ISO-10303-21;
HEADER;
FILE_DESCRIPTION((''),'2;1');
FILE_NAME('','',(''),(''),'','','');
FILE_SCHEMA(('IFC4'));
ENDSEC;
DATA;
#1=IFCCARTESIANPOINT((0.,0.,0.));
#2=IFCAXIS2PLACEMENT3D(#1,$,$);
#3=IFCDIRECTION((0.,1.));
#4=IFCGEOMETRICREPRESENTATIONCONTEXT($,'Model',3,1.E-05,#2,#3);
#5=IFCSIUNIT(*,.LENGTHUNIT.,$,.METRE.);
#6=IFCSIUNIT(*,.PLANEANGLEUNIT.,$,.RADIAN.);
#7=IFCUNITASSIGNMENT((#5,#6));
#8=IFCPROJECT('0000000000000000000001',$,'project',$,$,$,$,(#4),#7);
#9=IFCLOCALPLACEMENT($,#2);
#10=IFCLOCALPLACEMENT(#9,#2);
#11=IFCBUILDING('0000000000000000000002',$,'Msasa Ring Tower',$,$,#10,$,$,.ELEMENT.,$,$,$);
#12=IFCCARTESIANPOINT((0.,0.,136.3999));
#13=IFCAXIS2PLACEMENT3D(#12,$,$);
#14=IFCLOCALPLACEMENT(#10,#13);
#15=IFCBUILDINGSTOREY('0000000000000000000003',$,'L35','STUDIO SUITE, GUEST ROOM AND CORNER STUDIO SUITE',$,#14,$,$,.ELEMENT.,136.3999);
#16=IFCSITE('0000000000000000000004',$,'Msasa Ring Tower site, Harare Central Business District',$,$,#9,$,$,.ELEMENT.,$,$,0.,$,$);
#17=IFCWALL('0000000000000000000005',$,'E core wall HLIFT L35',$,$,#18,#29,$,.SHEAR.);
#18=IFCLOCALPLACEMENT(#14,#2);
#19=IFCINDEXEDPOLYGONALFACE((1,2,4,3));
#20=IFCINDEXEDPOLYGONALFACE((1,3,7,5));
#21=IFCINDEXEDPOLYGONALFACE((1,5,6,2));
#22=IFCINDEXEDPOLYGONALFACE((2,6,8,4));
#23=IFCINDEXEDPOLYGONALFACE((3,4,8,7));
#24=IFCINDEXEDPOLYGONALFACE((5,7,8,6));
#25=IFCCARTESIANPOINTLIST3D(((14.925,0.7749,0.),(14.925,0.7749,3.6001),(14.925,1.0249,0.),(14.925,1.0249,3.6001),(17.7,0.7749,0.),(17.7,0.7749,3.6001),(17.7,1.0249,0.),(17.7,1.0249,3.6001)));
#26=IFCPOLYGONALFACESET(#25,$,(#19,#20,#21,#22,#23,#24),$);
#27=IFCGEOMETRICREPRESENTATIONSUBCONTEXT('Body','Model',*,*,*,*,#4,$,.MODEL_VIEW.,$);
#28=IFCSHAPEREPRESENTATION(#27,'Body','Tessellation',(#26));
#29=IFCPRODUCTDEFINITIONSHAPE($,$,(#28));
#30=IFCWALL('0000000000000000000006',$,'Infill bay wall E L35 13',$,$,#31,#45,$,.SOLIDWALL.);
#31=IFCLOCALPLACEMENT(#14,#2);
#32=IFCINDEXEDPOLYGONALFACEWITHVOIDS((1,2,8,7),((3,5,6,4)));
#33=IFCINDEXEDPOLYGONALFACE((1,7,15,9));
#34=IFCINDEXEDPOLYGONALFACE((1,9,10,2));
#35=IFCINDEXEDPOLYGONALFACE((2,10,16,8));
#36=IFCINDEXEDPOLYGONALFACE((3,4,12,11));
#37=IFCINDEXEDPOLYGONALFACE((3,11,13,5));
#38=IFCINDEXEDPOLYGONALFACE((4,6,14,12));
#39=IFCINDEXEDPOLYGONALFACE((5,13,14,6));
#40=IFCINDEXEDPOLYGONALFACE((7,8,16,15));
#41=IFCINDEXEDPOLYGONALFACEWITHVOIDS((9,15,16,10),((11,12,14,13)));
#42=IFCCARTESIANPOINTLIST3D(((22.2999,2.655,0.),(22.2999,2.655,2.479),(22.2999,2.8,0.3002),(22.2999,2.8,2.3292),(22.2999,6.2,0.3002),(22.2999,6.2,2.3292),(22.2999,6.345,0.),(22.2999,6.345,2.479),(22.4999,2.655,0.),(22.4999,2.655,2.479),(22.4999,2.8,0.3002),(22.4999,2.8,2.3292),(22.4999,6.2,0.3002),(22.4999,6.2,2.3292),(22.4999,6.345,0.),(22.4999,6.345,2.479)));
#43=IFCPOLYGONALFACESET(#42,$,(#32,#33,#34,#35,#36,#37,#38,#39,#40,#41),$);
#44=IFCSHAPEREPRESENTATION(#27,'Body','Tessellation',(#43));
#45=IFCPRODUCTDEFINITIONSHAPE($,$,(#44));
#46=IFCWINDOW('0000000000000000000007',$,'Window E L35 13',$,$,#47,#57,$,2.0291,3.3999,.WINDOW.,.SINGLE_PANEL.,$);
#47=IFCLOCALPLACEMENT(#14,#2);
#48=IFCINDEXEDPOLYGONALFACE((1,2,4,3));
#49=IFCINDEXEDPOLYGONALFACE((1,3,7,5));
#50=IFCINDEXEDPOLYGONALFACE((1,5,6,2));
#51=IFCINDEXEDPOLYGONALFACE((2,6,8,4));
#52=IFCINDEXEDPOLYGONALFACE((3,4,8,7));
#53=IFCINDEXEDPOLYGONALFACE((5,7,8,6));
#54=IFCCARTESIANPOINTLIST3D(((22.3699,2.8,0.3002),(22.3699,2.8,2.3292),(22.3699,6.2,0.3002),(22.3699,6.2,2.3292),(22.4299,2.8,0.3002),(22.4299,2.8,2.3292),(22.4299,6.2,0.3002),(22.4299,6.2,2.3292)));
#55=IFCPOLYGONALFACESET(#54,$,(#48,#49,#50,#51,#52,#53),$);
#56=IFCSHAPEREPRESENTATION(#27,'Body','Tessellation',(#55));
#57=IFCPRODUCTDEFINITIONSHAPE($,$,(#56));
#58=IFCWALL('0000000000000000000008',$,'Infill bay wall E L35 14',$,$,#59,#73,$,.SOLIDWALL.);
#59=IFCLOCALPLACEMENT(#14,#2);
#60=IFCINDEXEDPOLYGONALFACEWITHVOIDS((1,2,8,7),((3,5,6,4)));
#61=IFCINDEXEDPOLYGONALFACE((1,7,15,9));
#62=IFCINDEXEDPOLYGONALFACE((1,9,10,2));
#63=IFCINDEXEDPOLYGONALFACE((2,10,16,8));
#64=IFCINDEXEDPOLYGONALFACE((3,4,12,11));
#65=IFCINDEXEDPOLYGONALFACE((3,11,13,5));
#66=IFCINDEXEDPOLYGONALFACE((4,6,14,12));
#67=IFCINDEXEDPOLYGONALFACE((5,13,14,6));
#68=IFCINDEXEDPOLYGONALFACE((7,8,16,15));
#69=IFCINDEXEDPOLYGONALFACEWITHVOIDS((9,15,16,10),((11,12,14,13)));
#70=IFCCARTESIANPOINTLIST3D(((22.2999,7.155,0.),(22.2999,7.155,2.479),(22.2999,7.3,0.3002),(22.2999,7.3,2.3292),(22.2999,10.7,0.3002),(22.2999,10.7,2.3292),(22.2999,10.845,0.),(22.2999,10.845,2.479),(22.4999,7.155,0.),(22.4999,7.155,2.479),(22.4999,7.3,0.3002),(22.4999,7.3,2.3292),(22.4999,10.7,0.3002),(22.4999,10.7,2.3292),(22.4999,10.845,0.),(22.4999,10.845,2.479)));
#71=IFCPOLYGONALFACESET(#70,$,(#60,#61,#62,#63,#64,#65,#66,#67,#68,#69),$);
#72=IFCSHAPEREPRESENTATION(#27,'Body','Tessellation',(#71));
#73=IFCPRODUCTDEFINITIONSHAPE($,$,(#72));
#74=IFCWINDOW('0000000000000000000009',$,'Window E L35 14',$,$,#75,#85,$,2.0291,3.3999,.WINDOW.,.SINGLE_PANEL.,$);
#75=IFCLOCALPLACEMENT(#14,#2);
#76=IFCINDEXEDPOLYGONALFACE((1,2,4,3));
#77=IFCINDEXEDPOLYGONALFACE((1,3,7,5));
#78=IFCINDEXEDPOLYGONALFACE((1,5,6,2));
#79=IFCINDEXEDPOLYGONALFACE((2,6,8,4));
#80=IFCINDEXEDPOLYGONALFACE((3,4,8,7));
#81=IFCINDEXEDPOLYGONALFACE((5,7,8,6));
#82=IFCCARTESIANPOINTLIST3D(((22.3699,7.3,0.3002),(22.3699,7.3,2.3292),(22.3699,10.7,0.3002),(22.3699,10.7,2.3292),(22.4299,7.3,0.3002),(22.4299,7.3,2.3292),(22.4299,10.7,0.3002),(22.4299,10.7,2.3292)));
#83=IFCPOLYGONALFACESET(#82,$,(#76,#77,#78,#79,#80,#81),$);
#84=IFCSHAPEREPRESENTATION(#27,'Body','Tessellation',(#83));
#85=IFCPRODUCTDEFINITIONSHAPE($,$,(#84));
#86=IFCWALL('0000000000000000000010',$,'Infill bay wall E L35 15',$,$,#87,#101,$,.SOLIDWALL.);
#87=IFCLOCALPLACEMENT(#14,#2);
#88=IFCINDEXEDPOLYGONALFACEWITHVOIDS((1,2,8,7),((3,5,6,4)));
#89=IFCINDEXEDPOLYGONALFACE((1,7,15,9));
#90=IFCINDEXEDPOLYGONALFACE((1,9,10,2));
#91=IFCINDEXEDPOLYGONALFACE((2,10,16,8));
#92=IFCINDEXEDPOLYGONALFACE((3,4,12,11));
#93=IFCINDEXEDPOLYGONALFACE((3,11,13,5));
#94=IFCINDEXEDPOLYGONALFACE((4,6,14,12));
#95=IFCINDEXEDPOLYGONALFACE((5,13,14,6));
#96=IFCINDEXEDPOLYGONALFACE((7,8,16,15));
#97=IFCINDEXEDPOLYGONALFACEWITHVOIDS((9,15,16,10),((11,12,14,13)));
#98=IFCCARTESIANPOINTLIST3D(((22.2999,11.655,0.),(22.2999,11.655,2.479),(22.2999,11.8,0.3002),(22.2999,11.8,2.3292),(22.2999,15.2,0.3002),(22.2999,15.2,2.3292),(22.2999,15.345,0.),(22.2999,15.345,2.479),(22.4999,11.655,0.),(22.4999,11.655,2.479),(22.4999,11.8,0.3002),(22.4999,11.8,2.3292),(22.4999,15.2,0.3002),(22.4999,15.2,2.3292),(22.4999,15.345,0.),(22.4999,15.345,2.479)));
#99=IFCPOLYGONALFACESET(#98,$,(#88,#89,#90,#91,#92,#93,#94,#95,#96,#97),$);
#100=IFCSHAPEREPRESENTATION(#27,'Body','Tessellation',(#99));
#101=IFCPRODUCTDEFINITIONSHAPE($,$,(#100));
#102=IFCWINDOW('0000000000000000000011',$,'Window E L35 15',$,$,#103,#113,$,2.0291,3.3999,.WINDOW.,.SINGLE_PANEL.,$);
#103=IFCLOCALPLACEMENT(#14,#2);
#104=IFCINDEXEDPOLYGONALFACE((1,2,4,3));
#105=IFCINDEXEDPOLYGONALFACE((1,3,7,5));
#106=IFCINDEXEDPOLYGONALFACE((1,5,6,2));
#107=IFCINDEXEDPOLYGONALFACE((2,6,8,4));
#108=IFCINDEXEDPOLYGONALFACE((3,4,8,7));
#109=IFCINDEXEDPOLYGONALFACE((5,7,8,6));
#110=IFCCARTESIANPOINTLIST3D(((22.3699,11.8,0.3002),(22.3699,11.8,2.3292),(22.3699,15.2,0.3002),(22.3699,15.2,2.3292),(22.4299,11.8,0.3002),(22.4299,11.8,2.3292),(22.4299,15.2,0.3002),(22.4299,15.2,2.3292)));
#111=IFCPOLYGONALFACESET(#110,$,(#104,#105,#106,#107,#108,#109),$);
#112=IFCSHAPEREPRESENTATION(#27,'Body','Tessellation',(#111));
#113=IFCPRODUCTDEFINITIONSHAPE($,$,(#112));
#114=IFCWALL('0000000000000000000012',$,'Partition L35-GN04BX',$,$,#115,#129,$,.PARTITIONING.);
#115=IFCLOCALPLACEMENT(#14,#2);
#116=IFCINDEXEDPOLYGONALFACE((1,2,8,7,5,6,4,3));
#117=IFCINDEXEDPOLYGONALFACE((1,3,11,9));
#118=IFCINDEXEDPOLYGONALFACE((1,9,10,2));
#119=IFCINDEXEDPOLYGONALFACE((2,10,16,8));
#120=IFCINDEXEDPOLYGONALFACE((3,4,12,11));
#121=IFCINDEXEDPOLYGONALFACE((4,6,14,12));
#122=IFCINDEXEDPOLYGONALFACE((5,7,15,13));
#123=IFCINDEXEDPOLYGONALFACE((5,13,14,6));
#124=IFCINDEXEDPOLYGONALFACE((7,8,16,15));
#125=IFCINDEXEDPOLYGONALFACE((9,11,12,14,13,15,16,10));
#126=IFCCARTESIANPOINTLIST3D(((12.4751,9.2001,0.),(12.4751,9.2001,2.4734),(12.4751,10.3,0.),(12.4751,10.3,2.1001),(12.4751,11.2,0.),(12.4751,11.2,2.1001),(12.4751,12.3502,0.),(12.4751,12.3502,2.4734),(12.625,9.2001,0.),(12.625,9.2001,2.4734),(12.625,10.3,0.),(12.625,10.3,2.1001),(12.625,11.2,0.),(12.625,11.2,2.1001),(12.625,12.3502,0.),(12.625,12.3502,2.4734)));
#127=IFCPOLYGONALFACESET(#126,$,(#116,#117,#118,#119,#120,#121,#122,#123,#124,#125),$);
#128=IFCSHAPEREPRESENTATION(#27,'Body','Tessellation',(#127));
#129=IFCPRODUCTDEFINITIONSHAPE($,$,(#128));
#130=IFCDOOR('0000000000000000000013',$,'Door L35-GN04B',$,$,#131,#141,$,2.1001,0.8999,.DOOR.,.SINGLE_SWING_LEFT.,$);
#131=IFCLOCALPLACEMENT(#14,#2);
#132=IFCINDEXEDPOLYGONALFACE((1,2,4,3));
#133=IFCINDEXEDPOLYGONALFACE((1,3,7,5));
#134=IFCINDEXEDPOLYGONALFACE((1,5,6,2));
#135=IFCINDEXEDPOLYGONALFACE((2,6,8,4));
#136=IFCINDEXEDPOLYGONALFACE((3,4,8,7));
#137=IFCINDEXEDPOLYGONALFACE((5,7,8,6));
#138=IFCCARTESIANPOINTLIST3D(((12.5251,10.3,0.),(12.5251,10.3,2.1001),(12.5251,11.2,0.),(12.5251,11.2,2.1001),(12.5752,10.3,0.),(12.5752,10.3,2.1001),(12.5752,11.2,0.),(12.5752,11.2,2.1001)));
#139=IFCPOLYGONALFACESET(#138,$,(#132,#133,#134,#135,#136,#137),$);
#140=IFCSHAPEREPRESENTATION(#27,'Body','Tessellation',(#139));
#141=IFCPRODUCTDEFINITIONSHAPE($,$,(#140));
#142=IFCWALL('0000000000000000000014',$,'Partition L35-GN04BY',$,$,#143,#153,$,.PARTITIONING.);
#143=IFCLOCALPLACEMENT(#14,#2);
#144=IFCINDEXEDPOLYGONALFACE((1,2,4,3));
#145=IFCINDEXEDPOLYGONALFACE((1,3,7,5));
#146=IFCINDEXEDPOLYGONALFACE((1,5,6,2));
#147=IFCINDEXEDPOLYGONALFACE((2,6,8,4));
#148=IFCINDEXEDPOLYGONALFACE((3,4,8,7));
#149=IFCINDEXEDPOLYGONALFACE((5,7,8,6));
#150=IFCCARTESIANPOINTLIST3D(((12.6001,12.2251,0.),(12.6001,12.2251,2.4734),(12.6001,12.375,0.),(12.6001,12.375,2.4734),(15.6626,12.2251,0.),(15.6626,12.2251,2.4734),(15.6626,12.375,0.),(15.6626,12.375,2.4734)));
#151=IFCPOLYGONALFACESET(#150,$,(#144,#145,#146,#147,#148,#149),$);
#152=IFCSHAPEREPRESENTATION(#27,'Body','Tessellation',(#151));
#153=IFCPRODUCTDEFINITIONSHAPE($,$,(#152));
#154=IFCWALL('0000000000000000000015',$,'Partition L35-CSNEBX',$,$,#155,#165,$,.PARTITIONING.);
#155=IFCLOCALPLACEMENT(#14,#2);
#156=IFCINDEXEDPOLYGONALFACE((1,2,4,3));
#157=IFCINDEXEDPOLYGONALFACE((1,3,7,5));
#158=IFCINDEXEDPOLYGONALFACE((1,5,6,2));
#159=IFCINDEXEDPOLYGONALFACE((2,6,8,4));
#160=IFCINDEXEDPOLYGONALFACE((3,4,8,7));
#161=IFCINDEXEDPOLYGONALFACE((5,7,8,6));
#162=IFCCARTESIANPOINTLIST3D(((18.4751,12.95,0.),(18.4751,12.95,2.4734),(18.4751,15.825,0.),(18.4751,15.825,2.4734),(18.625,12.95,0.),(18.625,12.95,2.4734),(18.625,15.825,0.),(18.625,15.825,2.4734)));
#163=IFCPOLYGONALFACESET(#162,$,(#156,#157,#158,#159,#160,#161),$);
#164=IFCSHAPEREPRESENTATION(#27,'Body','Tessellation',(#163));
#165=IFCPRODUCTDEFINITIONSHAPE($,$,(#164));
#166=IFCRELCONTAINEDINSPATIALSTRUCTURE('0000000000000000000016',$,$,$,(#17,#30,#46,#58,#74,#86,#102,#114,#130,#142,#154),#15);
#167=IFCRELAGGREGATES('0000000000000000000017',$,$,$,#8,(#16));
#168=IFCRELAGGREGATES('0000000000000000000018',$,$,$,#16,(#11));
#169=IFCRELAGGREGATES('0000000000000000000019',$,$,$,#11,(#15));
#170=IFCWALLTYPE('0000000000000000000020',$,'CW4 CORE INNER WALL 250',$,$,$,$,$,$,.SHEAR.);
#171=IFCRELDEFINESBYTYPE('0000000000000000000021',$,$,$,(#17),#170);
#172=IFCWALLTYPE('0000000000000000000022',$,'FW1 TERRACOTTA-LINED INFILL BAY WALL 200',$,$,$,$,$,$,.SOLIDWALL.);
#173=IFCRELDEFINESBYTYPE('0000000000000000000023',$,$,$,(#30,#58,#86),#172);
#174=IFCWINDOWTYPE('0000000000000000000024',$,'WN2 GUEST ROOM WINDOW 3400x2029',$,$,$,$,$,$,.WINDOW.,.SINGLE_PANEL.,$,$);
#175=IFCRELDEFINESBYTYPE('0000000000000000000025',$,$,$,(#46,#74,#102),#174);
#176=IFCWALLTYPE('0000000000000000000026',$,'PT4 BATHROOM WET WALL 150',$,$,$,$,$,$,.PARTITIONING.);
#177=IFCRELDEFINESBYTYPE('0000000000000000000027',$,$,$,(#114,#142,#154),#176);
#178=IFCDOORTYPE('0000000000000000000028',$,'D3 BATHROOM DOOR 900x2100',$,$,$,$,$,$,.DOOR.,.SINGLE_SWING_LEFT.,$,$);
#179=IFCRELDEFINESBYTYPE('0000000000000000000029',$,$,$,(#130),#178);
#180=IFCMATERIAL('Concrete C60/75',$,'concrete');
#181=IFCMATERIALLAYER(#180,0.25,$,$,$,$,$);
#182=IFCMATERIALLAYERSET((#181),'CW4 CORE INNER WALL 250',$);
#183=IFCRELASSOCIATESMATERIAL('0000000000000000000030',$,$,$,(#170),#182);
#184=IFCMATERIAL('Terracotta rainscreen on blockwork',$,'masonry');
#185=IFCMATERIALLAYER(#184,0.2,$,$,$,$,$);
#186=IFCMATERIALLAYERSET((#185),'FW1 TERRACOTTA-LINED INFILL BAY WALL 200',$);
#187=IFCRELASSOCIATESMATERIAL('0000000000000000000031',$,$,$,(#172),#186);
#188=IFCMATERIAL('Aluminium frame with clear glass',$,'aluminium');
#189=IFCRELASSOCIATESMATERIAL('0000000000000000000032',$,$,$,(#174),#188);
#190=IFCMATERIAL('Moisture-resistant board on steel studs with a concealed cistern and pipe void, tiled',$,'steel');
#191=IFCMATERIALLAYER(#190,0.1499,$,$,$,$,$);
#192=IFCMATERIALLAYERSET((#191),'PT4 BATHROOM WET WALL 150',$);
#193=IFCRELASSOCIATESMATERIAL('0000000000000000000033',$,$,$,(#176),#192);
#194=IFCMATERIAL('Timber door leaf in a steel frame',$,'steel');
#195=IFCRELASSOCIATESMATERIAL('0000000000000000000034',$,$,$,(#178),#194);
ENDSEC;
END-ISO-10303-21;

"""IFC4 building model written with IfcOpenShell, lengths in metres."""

from ifc_helpers import new_model, si_unit, direction, frame, frame_2d, origin, place, context, subcontext, project, spatial, rectangle, extrude, material, layer, layer_set, type_object, element, fill, save


model = new_model("IFC4")

# Units and contexts
model_context = context("Model", 3, precision=1e-05, world=origin(), true_north=direction((0.0, 1.0)))
body_context = subcontext(model_context, "Body", "Model", "MODEL_VIEW")
ifc_project = project(units=[si_unit("LENGTHUNIT", "METRE"), si_unit("PLANEANGLEUNIT", "RADIAN")], contexts=[model_context])

# Site, building, storey
site_placement = place(None, origin())
site = spatial("IfcSite", under=ifc_project, at=site_placement, Name="Msasa Ring Tower site, Harare Central Business District", CompositionType="ELEMENT", RefElevation=0.0)
building_placement = place(site_placement, origin())
building = spatial("IfcBuilding", under=site, at=building_placement, Name="Msasa Ring Tower", CompositionType="ELEMENT")
storey_placement = place(building_placement, frame((0.0, 0.0, 136.3999)))
storey = spatial("IfcBuildingStorey", under=building, at=storey_placement, Name="L35", Description="STUDIO SUITE, GUEST ROOM AND CORNER STUDIO SUITE", CompositionType="ELEMENT", Elevation=136.3999)

# Wall
ifc_material_1 = material(Name="Concrete C60/75", Category="concrete")
ifc_layer_1 = layer(ifc_material_1, 0.25)
ifc_layer_set_1 = layer_set([ifc_layer_1], Name="CW4 CORE INNER WALL 250")
wall_type_1 = type_object("IfcWallType", Name="CW4 CORE INNER WALL 250", PredefinedType="SHEAR", material=ifc_layer_set_1)
wall_1_placement = place(storey_placement, frame((14.925, 0.8999, 0.0), z_axis=(0.0, 0.0, 1.0), x_axis=(1.0, 0.0, 0.0)))
element("IfcWall", 1, at=wall_1_placement, inside=storey, type_object=wall_type_1, Name="E core wall HLIFT L35", PredefinedType="SHEAR", context=body_context, shape_type="SweptSolid", body=[
    extrude(rectangle(XDim=2.7749, YDim=0.25, at=frame_2d((1.3875, 0.0))), origin(), (0.0, 0.0, 1.0), 3.6001),
])

# Walls, openings, windows
ifc_material_2 = material(Name="Terracotta rainscreen on blockwork", Category="masonry")
ifc_layer_2 = layer(ifc_material_2, 0.2)
ifc_layer_set_2 = layer_set([ifc_layer_2], Name="FW1 TERRACOTTA-LINED INFILL BAY WALL 200")
wall_type_2 = type_object("IfcWallType", Name="FW1 TERRACOTTA-LINED INFILL BAY WALL 200", PredefinedType="SOLIDWALL", material=ifc_layer_set_2)
wall_2_placement = place(storey_placement, frame((22.3999, 2.655, 0.0), z_axis=(0.0, 0.0, 1.0), x_axis=(0.0, 1.0, 0.0)))
wall_2 = element("IfcWall", 2, at=wall_2_placement, inside=storey, type_object=wall_type_2, Name="Infill bay wall E L35 13", PredefinedType="SOLIDWALL", context=body_context, shape_type="SweptSolid", body=[
    extrude(rectangle(XDim=3.6899, YDim=0.2, at=frame_2d((1.845, 0.0))), origin(), (0.0, 0.0, 1.0), 2.479),
])
opening_1_placement = place(wall_2_placement, frame((0.145, 0.0, 0.3)))
opening_1 = element("IfcOpeningElement", 3, at=opening_1_placement, cuts=wall_2, PredefinedType="OPENING", context=body_context, shape_type="SweptSolid", body=[
    extrude(rectangle(XDim=3.3999, YDim=2.0291, at=frame_2d((1.7, 1.0146))), frame((0.0, 0.1099, 0.0), z_axis=(0.0, -1.0, 0.0), x_axis=(1.0, 0.0, 0.0)), (0.0, 0.0, 1.0), 0.22),
])
ifc_material_3 = material(Name="Aluminium frame with clear glass", Category="aluminium")
window_type = type_object("IfcWindowType", Name="WN2 GUEST ROOM WINDOW 3400x2029", PartitioningType="SINGLE_PANEL", PredefinedType="WINDOW", material=ifc_material_3)
window_1_placement = place(opening_1_placement, origin())
window_1 = element("IfcWindow", 4, at=window_1_placement, inside=storey, type_object=window_type, Name="Window E L35 13", OverallHeight=2.0291, OverallWidth=3.3999, PartitioningType="SINGLE_PANEL", PredefinedType="WINDOW", context=body_context, shape_type="SweptSolid", body=[
    extrude(rectangle(XDim=3.3999, YDim=2.0291, at=frame_2d((1.7, 1.0146))), frame((0.0, 0.03, 0.0), z_axis=(0.0, -1.0, 0.0), x_axis=(1.0, 0.0, 0.0)), (0.0, 0.0, 1.0), 0.0601),
])
fill(opening_1, window_1)
wall_3_placement = place(storey_placement, frame((22.3999, 7.155, 0.0), z_axis=(0.0, 0.0, 1.0), x_axis=(0.0, 1.0, 0.0)))
wall_3 = element("IfcWall", 5, at=wall_3_placement, inside=storey, type_object=wall_type_2, Name="Infill bay wall E L35 14", PredefinedType="SOLIDWALL", context=body_context, shape_type="SweptSolid", body=[
    extrude(rectangle(XDim=3.6899, YDim=0.2, at=frame_2d((1.845, 0.0))), origin(), (0.0, 0.0, 1.0), 2.479),
])
opening_2_placement = place(wall_3_placement, frame((0.145, 0.0, 0.3)))
opening_2 = element("IfcOpeningElement", 6, at=opening_2_placement, cuts=wall_3, PredefinedType="OPENING", context=body_context, shape_type="SweptSolid", body=[
    extrude(rectangle(XDim=3.3999, YDim=2.0291, at=frame_2d((1.7, 1.0146))), frame((0.0, 0.1099, 0.0), z_axis=(0.0, -1.0, 0.0), x_axis=(1.0, 0.0, 0.0)), (0.0, 0.0, 1.0), 0.22),
])
window_2_placement = place(opening_2_placement, origin())
window_2 = element("IfcWindow", 7, at=window_2_placement, inside=storey, type_object=window_type, Name="Window E L35 14", OverallHeight=2.0291, OverallWidth=3.3999, PartitioningType="SINGLE_PANEL", PredefinedType="WINDOW", context=body_context, shape_type="SweptSolid", body=[
    extrude(rectangle(XDim=3.3999, YDim=2.0291, at=frame_2d((1.7, 1.0146))), frame((0.0, 0.03, 0.0), z_axis=(0.0, -1.0, 0.0), x_axis=(1.0, 0.0, 0.0)), (0.0, 0.0, 1.0), 0.0601),
])
fill(opening_2, window_2)
wall_4_placement = place(storey_placement, frame((22.3999, 11.655, 0.0), z_axis=(0.0, 0.0, 1.0), x_axis=(0.0, 1.0, 0.0)))
wall_4 = element("IfcWall", 8, at=wall_4_placement, inside=storey, type_object=wall_type_2, Name="Infill bay wall E L35 15", PredefinedType="SOLIDWALL", context=body_context, shape_type="SweptSolid", body=[
    extrude(rectangle(XDim=3.6899, YDim=0.2, at=frame_2d((1.845, 0.0))), origin(), (0.0, 0.0, 1.0), 2.479),
])
opening_3_placement = place(wall_4_placement, frame((0.145, 0.0, 0.3)))
opening_3 = element("IfcOpeningElement", 9, at=opening_3_placement, cuts=wall_4, PredefinedType="OPENING", context=body_context, shape_type="SweptSolid", body=[
    extrude(rectangle(XDim=3.3999, YDim=2.0291, at=frame_2d((1.7, 1.0146))), frame((0.0, 0.1099, 0.0), z_axis=(0.0, -1.0, 0.0), x_axis=(1.0, 0.0, 0.0)), (0.0, 0.0, 1.0), 0.22),
])
window_3_placement = place(opening_3_placement, origin())
window_3 = element("IfcWindow", 10, at=window_3_placement, inside=storey, type_object=window_type, Name="Window E L35 15", OverallHeight=2.0291, OverallWidth=3.3999, PartitioningType="SINGLE_PANEL", PredefinedType="WINDOW", context=body_context, shape_type="SweptSolid", body=[
    extrude(rectangle(XDim=3.3999, YDim=2.0291, at=frame_2d((1.7, 1.0146))), frame((0.0, 0.03, 0.0), z_axis=(0.0, -1.0, 0.0), x_axis=(1.0, 0.0, 0.0)), (0.0, 0.0, 1.0), 0.0601),
])
fill(opening_3, window_3)

# Wall, opening, door
ifc_material_4 = material(Name="Moisture-resistant board on steel studs with a concealed cistern and pipe void, tiled", Category="steel")
ifc_layer_3 = layer(ifc_material_4, 0.1499)
ifc_layer_set_3 = layer_set([ifc_layer_3], Name="PT4 BATHROOM WET WALL 150")
wall_type_3 = type_object("IfcWallType", Name="PT4 BATHROOM WET WALL 150", PredefinedType="PARTITIONING", material=ifc_layer_set_3)
wall_5_placement = place(storey_placement, frame((12.55, 9.2, 0.0), z_axis=(0.0, 0.0, 1.0), x_axis=(0.0, 1.0, 0.0)))
wall_5 = element("IfcWall", 11, at=wall_5_placement, inside=storey, type_object=wall_type_3, Name="Partition L35-GN04BX", PredefinedType="PARTITIONING", context=body_context, shape_type="SweptSolid", body=[
    extrude(rectangle(XDim=3.1501, YDim=0.1499, at=frame_2d((1.5752, 0.0))), origin(), (0.0, 0.0, 1.0), 2.4734),
])
opening_4_placement = place(wall_5_placement, frame((1.1001, 0.0, 0.0)))
opening_4 = element("IfcOpeningElement", 12, at=opening_4_placement, cuts=wall_5, PredefinedType="OPENING", context=body_context, shape_type="SweptSolid", body=[
    extrude(rectangle(XDim=0.8999, YDim=2.1001, at=frame_2d((0.45, 1.05))), frame((0.0, 0.085, 0.0), z_axis=(0.0, -1.0, 0.0), x_axis=(1.0, 0.0, 0.0)), (0.0, 0.0, 1.0), 0.1699),
])
ifc_material_5 = material(Name="Timber door leaf in a steel frame", Category="steel")
door_type = type_object("IfcDoorType", Name="D3 BATHROOM DOOR 900x2100", OperationType="SINGLE_SWING_LEFT", PredefinedType="DOOR", material=ifc_material_5)
door_1_placement = place(opening_4_placement, origin())
door_1 = element("IfcDoor", 13, at=door_1_placement, inside=storey, type_object=door_type, Name="Door L35-GN04B", OperationType="SINGLE_SWING_LEFT", OverallHeight=2.1001, OverallWidth=0.8999, PredefinedType="DOOR", context=body_context, shape_type="SweptSolid", body=[
    extrude(rectangle(XDim=0.8999, YDim=2.1001, at=frame_2d((0.45, 1.05))), frame((0.0, 0.0249, 0.0), z_axis=(0.0, -1.0, 0.0), x_axis=(1.0, 0.0, 0.0)), (0.0, 0.0, 1.0), 0.05),
])
fill(opening_4, door_1)

# Walls
wall_6_placement = place(storey_placement, frame((12.6001, 12.3, 0.0), z_axis=(0.0, 0.0, 1.0), x_axis=(1.0, 0.0, 0.0)))
element("IfcWall", 14, at=wall_6_placement, inside=storey, type_object=wall_type_3, Name="Partition L35-GN04BY", PredefinedType="PARTITIONING", context=body_context, shape_type="SweptSolid", body=[
    extrude(rectangle(XDim=3.0625, YDim=0.1499, at=frame_2d((1.5312, 0.0))), origin(), (0.0, 0.0, 1.0), 2.4734),
])
wall_7_placement = place(storey_placement, frame((18.55, 12.95, 0.0), z_axis=(0.0, 0.0, 1.0), x_axis=(0.0, 1.0, 0.0)))
element("IfcWall", 15, at=wall_7_placement, inside=storey, type_object=wall_type_3, Name="Partition L35-CSNEBX", PredefinedType="PARTITIONING", context=body_context, shape_type="SweptSolid", body=[
    extrude(rectangle(XDim=2.875, YDim=0.1499, at=frame_2d((1.4375, 0.0))), origin(), (0.0, 0.0, 1.0), 2.4734),
])

save(model, "model.ifc")
